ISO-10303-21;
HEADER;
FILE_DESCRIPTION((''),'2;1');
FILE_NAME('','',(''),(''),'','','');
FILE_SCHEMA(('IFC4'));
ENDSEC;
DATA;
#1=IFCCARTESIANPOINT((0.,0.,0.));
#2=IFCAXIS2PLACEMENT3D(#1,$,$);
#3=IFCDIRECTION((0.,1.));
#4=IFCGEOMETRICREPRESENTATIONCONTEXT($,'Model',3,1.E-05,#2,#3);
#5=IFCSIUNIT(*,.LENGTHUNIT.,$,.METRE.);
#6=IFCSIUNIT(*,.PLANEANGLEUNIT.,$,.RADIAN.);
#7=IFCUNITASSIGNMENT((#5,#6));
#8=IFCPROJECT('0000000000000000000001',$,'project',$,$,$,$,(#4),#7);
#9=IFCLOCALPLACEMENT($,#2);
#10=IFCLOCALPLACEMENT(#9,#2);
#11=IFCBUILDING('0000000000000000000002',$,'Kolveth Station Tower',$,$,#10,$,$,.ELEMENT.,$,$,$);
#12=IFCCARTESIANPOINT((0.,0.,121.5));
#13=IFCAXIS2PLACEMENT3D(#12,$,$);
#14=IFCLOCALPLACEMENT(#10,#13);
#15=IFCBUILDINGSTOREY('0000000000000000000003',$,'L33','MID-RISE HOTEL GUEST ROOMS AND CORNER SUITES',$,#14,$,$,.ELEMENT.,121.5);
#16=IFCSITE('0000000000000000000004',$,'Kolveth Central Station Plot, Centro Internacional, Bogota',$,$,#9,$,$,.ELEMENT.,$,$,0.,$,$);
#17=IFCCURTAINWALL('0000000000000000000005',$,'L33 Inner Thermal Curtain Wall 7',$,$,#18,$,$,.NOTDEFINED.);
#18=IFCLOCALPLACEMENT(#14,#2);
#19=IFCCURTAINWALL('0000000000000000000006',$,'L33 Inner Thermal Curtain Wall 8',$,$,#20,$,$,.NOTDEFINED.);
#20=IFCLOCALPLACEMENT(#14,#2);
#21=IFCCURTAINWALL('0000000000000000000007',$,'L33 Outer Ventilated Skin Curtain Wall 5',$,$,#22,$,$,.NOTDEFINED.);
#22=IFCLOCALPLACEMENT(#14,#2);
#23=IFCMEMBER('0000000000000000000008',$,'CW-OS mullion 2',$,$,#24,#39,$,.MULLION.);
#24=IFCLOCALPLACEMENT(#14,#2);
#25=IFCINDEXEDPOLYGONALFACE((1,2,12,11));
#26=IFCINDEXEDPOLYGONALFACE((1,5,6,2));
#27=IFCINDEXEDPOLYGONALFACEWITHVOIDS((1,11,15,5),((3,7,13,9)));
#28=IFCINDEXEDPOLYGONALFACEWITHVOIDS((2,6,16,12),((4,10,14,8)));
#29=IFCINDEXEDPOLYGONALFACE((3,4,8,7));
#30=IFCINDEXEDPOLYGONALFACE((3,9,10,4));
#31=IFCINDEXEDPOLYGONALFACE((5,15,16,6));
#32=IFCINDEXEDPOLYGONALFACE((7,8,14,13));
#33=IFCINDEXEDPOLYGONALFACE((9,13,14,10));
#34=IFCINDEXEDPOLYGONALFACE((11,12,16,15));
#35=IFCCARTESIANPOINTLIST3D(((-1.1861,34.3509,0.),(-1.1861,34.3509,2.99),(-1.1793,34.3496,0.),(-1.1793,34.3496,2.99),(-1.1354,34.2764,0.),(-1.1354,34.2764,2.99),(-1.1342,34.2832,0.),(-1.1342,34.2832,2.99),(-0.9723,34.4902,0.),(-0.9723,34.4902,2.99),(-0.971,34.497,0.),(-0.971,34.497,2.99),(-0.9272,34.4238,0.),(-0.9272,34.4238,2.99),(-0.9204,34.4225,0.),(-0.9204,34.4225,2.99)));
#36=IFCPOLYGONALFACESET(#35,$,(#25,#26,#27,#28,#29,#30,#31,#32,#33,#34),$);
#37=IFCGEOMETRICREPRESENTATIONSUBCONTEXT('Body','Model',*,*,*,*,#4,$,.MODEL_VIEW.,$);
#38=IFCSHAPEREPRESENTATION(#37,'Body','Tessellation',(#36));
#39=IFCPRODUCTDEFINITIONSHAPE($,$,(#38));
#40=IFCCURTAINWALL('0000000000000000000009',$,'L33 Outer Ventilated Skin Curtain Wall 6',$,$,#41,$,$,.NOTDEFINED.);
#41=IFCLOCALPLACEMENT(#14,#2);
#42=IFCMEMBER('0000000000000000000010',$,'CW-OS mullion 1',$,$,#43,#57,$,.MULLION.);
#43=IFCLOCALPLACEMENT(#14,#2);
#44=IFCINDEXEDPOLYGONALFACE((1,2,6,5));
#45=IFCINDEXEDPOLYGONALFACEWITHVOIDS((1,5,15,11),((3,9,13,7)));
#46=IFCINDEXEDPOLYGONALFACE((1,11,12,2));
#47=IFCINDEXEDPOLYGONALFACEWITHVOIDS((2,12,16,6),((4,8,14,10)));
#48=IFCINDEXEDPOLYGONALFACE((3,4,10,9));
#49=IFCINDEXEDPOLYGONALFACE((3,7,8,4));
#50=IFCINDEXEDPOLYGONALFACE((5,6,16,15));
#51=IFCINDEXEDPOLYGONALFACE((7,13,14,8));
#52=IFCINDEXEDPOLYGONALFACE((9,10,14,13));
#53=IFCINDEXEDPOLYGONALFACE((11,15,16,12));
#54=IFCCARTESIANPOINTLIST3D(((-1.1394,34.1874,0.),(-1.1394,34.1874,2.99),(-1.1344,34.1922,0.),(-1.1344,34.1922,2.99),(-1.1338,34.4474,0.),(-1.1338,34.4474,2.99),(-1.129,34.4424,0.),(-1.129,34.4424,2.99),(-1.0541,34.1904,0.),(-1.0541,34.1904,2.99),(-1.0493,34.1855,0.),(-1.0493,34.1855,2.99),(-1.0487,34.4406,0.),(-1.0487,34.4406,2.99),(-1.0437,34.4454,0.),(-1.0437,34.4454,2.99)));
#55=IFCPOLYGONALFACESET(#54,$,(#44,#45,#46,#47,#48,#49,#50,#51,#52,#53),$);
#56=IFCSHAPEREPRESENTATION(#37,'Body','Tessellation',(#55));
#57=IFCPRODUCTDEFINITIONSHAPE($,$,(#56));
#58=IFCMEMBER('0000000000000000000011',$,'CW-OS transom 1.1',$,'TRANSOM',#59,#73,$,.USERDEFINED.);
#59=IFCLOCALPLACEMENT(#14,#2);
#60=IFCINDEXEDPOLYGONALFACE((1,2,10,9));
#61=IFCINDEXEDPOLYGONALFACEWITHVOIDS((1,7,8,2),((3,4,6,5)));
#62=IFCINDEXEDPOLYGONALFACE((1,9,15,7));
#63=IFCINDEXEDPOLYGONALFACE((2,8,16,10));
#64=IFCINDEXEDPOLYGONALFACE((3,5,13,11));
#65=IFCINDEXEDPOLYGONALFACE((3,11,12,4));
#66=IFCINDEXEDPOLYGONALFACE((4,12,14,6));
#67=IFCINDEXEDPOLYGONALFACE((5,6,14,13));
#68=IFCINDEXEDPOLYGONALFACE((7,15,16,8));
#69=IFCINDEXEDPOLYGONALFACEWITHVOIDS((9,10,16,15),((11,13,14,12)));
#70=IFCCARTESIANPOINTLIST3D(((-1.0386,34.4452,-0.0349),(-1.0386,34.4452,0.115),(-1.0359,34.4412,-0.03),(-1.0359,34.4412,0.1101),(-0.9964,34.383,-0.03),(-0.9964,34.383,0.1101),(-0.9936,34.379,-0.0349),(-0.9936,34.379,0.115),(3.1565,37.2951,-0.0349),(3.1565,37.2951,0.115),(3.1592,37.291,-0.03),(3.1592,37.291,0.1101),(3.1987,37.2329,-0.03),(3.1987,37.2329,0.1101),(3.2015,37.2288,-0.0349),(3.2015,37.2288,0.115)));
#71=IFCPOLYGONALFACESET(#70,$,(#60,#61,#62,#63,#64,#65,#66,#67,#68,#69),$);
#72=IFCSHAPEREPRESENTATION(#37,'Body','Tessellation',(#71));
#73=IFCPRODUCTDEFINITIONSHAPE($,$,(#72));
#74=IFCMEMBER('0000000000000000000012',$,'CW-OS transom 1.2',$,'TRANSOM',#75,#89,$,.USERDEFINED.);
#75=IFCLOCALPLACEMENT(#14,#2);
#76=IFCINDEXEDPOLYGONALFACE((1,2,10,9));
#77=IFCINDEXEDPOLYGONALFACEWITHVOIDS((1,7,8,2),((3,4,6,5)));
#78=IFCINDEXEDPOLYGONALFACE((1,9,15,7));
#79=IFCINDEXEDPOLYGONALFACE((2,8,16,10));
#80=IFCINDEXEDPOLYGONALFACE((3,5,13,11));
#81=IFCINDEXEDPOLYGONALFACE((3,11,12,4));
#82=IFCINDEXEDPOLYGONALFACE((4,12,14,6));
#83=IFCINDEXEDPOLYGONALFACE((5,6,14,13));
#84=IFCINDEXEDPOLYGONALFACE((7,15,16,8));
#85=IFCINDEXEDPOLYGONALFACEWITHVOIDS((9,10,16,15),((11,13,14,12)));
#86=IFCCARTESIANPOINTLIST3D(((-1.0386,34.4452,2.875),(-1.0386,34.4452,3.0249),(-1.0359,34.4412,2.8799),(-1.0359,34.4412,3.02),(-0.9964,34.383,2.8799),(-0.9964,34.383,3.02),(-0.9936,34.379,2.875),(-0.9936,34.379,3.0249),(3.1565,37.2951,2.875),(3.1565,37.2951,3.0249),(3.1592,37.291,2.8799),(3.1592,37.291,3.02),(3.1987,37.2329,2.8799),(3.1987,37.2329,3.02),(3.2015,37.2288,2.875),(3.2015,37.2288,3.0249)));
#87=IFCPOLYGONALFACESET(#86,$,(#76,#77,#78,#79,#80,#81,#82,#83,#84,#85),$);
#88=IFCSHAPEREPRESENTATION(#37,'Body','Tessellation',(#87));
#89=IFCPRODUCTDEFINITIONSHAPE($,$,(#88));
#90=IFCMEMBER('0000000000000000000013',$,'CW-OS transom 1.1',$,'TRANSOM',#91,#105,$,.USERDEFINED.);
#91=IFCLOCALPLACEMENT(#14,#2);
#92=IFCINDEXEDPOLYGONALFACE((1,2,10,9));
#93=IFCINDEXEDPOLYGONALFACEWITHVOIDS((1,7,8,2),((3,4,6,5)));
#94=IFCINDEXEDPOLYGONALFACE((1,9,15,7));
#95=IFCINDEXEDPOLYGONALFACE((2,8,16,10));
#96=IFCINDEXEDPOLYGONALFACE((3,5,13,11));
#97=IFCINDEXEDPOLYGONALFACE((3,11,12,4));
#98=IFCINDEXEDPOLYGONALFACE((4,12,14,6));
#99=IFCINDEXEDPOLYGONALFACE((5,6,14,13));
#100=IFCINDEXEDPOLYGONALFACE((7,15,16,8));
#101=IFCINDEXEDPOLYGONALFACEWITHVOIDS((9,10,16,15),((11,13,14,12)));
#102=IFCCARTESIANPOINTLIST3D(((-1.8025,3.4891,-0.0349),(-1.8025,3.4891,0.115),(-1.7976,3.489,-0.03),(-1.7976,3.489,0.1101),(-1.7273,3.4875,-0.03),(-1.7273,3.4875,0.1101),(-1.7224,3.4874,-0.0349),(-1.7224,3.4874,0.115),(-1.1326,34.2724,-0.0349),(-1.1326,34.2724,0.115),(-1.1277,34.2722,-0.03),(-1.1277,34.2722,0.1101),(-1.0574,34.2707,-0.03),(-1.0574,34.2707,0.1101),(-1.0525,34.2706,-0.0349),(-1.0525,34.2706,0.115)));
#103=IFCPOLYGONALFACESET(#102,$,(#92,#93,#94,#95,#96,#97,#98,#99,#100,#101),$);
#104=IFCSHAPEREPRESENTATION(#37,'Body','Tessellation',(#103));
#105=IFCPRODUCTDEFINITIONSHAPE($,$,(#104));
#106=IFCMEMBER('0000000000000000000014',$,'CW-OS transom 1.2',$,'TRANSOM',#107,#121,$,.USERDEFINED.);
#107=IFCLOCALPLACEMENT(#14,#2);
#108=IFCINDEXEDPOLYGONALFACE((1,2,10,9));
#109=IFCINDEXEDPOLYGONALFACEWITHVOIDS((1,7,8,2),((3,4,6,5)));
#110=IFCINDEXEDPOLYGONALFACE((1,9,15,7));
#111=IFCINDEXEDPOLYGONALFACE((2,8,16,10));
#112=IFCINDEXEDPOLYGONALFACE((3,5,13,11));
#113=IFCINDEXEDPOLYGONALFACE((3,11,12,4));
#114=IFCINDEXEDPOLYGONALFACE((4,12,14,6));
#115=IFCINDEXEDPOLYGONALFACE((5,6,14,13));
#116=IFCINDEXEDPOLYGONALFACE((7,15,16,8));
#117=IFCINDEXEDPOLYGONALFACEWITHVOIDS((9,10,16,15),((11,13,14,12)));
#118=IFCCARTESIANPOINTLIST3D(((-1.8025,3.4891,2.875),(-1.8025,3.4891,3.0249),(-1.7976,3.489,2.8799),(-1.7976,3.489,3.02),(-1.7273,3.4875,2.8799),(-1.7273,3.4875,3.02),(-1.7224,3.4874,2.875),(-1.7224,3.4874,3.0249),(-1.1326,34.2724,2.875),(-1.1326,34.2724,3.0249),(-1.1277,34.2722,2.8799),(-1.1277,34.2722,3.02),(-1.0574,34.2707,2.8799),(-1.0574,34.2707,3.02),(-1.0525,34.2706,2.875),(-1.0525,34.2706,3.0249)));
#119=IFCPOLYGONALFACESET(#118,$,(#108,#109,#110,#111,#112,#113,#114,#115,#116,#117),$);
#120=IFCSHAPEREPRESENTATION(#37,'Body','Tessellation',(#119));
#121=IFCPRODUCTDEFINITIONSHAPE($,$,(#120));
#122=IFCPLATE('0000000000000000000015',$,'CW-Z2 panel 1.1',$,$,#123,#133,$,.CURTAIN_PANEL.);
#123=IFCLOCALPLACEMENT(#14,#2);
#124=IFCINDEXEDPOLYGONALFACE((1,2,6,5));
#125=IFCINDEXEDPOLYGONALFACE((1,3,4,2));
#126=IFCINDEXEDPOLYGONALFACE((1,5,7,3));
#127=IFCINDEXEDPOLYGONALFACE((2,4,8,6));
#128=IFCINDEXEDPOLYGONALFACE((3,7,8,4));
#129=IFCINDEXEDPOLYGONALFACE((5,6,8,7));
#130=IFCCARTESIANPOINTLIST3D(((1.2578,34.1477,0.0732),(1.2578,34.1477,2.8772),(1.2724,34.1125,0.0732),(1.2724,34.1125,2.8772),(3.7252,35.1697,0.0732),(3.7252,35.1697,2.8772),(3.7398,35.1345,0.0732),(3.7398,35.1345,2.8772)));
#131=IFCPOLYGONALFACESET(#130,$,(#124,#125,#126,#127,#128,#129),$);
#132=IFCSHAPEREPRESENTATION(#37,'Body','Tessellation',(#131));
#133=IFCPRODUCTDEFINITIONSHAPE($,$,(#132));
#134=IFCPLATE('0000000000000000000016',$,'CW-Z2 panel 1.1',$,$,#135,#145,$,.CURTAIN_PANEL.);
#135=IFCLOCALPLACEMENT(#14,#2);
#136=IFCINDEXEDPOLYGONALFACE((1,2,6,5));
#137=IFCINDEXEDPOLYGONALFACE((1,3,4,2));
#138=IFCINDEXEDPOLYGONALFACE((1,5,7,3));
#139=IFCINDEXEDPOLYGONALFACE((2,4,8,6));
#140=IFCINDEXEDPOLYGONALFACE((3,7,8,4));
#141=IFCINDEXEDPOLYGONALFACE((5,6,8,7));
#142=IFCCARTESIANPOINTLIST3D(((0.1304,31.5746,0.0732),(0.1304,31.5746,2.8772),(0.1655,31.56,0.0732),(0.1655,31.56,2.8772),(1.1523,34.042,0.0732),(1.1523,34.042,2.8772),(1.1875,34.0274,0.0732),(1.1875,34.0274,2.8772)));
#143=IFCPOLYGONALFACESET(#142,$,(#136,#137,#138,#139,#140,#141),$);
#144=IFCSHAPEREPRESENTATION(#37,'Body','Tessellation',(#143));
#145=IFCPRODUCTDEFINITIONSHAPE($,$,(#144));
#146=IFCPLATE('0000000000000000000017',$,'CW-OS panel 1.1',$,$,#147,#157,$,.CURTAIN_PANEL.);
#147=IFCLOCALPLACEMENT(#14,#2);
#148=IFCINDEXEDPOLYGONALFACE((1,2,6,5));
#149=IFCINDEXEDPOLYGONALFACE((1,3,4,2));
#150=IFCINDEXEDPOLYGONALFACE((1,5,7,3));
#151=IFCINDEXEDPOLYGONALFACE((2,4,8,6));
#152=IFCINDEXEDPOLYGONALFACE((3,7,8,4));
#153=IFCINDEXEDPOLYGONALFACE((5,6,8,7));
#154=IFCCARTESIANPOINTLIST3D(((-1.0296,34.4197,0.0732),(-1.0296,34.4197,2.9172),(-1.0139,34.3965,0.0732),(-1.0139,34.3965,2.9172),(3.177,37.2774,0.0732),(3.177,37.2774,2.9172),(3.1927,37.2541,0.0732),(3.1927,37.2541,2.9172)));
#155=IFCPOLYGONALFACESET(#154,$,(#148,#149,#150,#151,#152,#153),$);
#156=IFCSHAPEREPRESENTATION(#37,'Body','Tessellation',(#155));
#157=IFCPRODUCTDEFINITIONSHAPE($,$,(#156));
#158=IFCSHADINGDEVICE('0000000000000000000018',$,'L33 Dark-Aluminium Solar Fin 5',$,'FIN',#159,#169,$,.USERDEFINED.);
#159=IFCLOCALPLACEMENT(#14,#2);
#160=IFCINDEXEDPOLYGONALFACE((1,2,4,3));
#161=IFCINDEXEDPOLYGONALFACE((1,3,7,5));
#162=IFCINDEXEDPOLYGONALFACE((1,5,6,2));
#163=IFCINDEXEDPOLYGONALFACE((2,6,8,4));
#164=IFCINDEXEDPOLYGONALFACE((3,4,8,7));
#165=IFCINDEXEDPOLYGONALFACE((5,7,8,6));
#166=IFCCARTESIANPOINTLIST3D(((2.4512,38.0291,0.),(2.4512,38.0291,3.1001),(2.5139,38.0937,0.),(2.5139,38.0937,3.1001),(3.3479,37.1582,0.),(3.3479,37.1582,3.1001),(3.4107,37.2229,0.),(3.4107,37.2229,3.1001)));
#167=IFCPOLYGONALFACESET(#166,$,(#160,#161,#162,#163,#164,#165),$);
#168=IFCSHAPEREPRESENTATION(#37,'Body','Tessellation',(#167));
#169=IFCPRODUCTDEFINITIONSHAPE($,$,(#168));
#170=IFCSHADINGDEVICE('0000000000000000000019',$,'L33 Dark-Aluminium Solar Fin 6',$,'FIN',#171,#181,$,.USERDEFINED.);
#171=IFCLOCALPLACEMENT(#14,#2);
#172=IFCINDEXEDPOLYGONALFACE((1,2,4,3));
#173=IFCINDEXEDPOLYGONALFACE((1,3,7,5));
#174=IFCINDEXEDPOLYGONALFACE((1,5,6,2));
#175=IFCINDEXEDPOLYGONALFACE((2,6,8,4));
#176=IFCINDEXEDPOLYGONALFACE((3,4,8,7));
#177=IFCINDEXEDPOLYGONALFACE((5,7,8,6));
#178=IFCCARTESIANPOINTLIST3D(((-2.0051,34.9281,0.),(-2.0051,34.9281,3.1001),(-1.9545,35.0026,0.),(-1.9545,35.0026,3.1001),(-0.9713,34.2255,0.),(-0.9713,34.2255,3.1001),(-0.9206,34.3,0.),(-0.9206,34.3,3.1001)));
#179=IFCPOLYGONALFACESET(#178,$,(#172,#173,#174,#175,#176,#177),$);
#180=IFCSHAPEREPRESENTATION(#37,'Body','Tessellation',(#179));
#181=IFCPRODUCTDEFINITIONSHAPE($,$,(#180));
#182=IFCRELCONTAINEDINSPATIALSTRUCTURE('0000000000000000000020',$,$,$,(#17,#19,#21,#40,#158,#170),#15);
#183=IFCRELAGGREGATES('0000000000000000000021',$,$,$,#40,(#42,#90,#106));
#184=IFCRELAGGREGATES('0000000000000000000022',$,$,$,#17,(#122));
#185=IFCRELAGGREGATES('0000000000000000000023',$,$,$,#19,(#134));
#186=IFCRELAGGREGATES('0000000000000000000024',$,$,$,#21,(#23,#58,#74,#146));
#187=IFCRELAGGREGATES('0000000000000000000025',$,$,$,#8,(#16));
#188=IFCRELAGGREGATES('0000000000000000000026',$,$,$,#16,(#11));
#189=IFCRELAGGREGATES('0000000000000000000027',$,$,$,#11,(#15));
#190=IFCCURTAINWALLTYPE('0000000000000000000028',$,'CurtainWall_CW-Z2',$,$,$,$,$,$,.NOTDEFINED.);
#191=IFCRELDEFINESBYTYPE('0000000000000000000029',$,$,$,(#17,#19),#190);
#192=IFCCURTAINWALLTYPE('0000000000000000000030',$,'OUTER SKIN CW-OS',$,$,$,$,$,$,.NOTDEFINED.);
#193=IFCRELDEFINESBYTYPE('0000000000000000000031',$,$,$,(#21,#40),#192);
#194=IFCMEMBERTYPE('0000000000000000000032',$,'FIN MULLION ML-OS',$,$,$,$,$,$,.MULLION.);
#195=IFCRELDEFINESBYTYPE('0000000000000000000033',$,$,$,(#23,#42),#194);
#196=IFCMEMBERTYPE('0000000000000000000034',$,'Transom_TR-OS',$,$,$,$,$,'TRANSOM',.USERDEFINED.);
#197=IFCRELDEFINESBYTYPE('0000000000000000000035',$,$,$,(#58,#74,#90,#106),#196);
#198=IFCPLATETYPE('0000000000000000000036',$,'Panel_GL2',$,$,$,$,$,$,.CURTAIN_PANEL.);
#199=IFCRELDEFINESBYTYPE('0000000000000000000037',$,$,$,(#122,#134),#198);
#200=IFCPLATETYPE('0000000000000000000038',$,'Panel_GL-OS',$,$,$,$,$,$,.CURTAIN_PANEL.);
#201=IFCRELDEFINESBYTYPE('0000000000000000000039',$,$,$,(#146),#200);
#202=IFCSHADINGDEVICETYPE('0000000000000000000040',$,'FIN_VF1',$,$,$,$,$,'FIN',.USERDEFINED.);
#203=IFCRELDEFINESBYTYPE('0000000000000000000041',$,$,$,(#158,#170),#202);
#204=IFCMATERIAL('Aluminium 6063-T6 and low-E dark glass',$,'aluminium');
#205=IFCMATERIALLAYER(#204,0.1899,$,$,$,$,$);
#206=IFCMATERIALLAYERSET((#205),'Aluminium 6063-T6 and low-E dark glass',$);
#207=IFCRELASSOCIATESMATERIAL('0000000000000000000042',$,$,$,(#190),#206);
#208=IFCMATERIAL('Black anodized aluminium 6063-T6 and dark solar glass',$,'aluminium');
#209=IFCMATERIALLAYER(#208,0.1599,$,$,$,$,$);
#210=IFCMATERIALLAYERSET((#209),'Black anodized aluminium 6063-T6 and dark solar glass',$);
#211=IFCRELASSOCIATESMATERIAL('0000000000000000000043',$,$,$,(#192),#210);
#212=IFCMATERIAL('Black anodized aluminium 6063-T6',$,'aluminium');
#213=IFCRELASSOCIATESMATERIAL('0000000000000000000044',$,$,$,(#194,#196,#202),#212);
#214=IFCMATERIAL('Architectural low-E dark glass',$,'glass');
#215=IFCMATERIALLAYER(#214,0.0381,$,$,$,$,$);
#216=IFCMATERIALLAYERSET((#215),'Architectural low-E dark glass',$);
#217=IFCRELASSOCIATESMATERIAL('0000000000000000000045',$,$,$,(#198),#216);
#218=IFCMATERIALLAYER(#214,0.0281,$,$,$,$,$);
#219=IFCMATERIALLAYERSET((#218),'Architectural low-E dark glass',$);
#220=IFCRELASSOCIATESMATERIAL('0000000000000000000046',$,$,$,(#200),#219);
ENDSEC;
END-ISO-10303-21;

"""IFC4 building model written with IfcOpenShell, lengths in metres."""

from ifc_helpers import new_model, si_unit, direction, frame, origin, origin_2d, place, context, subcontext, project, spatial, rectangle, hollow_rectangle, extrude, source, transform, mapped, material, layer, layer_set, material_profile, profile_set, type_object, element, aggregate, save


model = new_model("IFC4")

# Units and contexts
model_context = context("Model", 3, precision=1e-05, world=origin(), true_north=direction((0.0, 1.0)))
body_context = subcontext(model_context, "Body", "Model", "MODEL_VIEW")
ifc_project = project(units=[si_unit("LENGTHUNIT", "METRE"), si_unit("PLANEANGLEUNIT", "RADIAN")], contexts=[model_context])

# Site, building, storey
site_placement = place(None, origin())
site = spatial("IfcSite", under=ifc_project, at=site_placement, Name="Kolveth Central Station Plot, Centro Internacional, Bogota", CompositionType="ELEMENT", RefElevation=0.0)
building_placement = place(site_placement, origin())
building = spatial("IfcBuilding", under=site, at=building_placement, Name="Kolveth Station Tower", CompositionType="ELEMENT")
storey_placement = place(building_placement, frame((0.0, 0.0, 121.5)))
storey = spatial("IfcBuildingStorey", under=building, at=storey_placement, Name="L33", Description="MID-RISE HOTEL GUEST ROOMS AND CORNER SUITES", CompositionType="ELEMENT", Elevation=121.5)

# Shared definitions
ifc_material_1 = material(Name="Aluminium 6063-T6 and low-E dark glass", Category="aluminium")
ifc_layer_1 = layer(ifc_material_1, 0.1899)
ifc_layer_set_1 = layer_set([ifc_layer_1], Name="Aluminium 6063-T6 and low-E dark glass")
curtain_wall_type_1 = type_object("IfcCurtainWallType", Name="CurtainWall_CW-Z2", PredefinedType="NOTDEFINED", material=ifc_layer_set_1)
ifc_material_2 = material(Name="Black anodized aluminium 6063-T6", Category="aluminium")

# Curtain wall
curtain_wall_1_placement = place(storey_placement, origin())
curtain_wall_1 = element("IfcCurtainWall", 1, at=curtain_wall_1_placement, inside=storey, type_object=curtain_wall_type_1, Name="L33 Inner Thermal Curtain Wall 7", PredefinedType="NOTDEFINED")

# Curtain wall
curtain_wall_2_placement = place(storey_placement, origin())
curtain_wall_2 = element("IfcCurtainWall", 2, at=curtain_wall_2_placement, inside=storey, type_object=curtain_wall_type_1, Name="L33 Inner Thermal Curtain Wall 8", PredefinedType="NOTDEFINED")

# Shared definitions
ifc_material_3 = material(Name="Black anodized aluminium 6063-T6 and dark solar glass", Category="aluminium")
ifc_layer_2 = layer(ifc_material_3, 0.1599)
ifc_layer_set_2 = layer_set([ifc_layer_2], Name="Black anodized aluminium 6063-T6 and dark solar glass")
curtain_wall_type_2 = type_object("IfcCurtainWallType", Name="OUTER SKIN CW-OS", PredefinedType="NOTDEFINED", material=ifc_layer_set_2)
ifc_material_profile_1 = material_profile(ifc_material_2, hollow_rectangle(XDim=0.0901, YDim=0.26, WallThickness=0.0049, at=origin_2d()), Name="ALU-90x260x5")
ifc_profile_set_1 = profile_set([ifc_material_profile_1], Name="Black anodized aluminium 6063-T6")
member_type_1 = type_object("IfcMemberType", Name="FIN MULLION ML-OS", PredefinedType="MULLION", material=ifc_profile_set_1)
shared_shape_1 = source(origin(), body_context, "Body", "SweptSolid", [
    extrude(hollow_rectangle(XDim=0.0901, YDim=0.26, WallThickness=0.0049, at=origin_2d()), origin(), (0.0, 0.0, 1.0), 2.99),
])

# Curtain wall, member
curtain_wall_3_placement = place(storey_placement, origin())
curtain_wall_3 = element("IfcCurtainWall", 3, at=curtain_wall_3_placement, inside=storey, type_object=curtain_wall_type_2, Name="L33 Outer Ventilated Skin Curtain Wall 5", PredefinedType="NOTDEFINED")
member_1_placement = place(storey_placement, frame((-1.0532, 34.3867, 0.0), z_axis=(0.0, 0.0, 1.0), x_axis=(0.56193, -0.827185, 0.0)))
member_1 = element("IfcMember", 4, at=member_1_placement, type_object=member_type_1, Name="CW-OS mullion 2", PredefinedType="MULLION", context=body_context, shape_type="MappedRepresentation", body=[
    mapped(shared_shape_1, transform((0.0, 0.0, 0.0), x_axis=(1.0, 0.0, 0.0), y_axis=(0.0, 1.0, 0.0), z_axis=(0.0, 0.0, 1.0), scale=1.0)),
])

# Curtain wall, member
curtain_wall_4_placement = place(storey_placement, origin())
curtain_wall_4 = element("IfcCurtainWall", 5, at=curtain_wall_4_placement, inside=storey, type_object=curtain_wall_type_2, Name="L33 Outer Ventilated Skin Curtain Wall 6", PredefinedType="NOTDEFINED")
member_2_placement = place(storey_placement, frame((-1.0916, 34.3164, 0.0), z_axis=(0.0, 0.0, 1.0), x_axis=(0.999763, -0.021759, 0.0)))
member_2 = element("IfcMember", 6, at=member_2_placement, type_object=member_type_1, Name="CW-OS mullion 1", PredefinedType="MULLION", context=body_context, shape_type="MappedRepresentation", body=[
    mapped(shared_shape_1, transform((0.0, 0.0, 0.0), x_axis=(1.0, 0.0, 0.0), y_axis=(0.0, 1.0, 0.0), z_axis=(0.0, 0.0, 1.0), scale=1.0)),
])

# Members
ifc_material_profile_2 = material_profile(ifc_material_2, hollow_rectangle(XDim=0.0801, YDim=0.1499, WallThickness=0.0049, at=origin_2d()), Name="ALU-80x150x5")
ifc_profile_set_2 = profile_set([ifc_material_profile_2], Name="Black anodized aluminium 6063-T6")
member_type_2 = type_object("IfcMemberType", Name="Transom_TR-OS", ElementType="TRANSOM", PredefinedType="USERDEFINED", material=ifc_profile_set_2)
shared_shape_2 = source(origin(), body_context, "Body", "SweptSolid", [
    extrude(hollow_rectangle(XDim=0.0801, YDim=0.1499, WallThickness=0.0049, at=origin_2d()), origin(), (0.0, 0.0, 1.0), 5.0715),
])
member_3_placement = place(storey_placement, frame((3.179, 37.262, 0.04), z_axis=(-0.827182, -0.561933, 0.0), x_axis=(0.561933, -0.827182, 0.0)))
member_3 = element("IfcMember", 7, at=member_3_placement, type_object=member_type_2, Name="CW-OS transom 1.1", ObjectType="TRANSOM", PredefinedType="USERDEFINED", context=body_context, shape_type="MappedRepresentation", body=[
    mapped(shared_shape_2, transform((0.0, 0.0, 0.0), x_axis=(1.0, 0.0, 0.0), y_axis=(0.0, 1.0, 0.0), z_axis=(0.0, 0.0, 1.0), scale=1.0)),
])
member_4_placement = place(storey_placement, frame((3.179, 37.262, 2.95), z_axis=(-0.827182, -0.561933, 0.0), x_axis=(0.561933, -0.827182, 0.0)))
member_4 = element("IfcMember", 8, at=member_4_placement, type_object=member_type_2, Name="CW-OS transom 1.2", ObjectType="TRANSOM", PredefinedType="USERDEFINED", context=body_context, shape_type="MappedRepresentation", body=[
    mapped(shared_shape_2, transform((0.0, 0.0, 0.0), x_axis=(1.0, 0.0, 0.0), y_axis=(0.0, 1.0, 0.0), z_axis=(0.0, 0.0, 1.0), scale=1.0)),
])
shared_shape_3 = source(origin(), body_context, "Body", "SweptSolid", [
    extrude(hollow_rectangle(XDim=0.0801, YDim=0.1499, WallThickness=0.0049, at=origin_2d()), origin(), (0.0, 0.0, 1.0), 30.7905),
])
member_5_placement = place(storey_placement, frame((-1.0925, 34.2715, 0.04), z_axis=(-0.021757, -0.999763, 0.0), x_axis=(0.999763, -0.021757, 0.0)))
member_5 = element("IfcMember", 9, at=member_5_placement, type_object=member_type_2, Name="CW-OS transom 1.1", ObjectType="TRANSOM", PredefinedType="USERDEFINED", context=body_context, shape_type="MappedRepresentation", body=[
    mapped(shared_shape_3, transform((0.0, 0.0, 0.0), x_axis=(1.0, 0.0, 0.0), y_axis=(0.0, 1.0, 0.0), z_axis=(0.0, 0.0, 1.0), scale=1.0)),
])
member_6_placement = place(storey_placement, frame((-1.0925, 34.2715, 2.95), z_axis=(-0.021757, -0.999763, 0.0), x_axis=(0.999763, -0.021757, 0.0)))
member_6 = element("IfcMember", 10, at=member_6_placement, type_object=member_type_2, Name="CW-OS transom 1.2", ObjectType="TRANSOM", PredefinedType="USERDEFINED", context=body_context, shape_type="MappedRepresentation", body=[
    mapped(shared_shape_3, transform((0.0, 0.0, 0.0), x_axis=(1.0, 0.0, 0.0), y_axis=(0.0, 1.0, 0.0), z_axis=(0.0, 0.0, 1.0), scale=1.0)),
])
aggregate(curtain_wall_4, [member_2, member_5, member_6])

# Plates
ifc_material_4 = material(Name="Architectural low-E dark glass", Category="glass")
ifc_layer_3 = layer(ifc_material_4, 0.0381)
ifc_layer_set_3 = layer_set([ifc_layer_3], Name="Architectural low-E dark glass")
plate_type_1 = type_object("IfcPlateType", Name="Panel_GL2", PredefinedType="CURTAIN_PANEL", material=ifc_layer_set_3)
shared_shape_4 = source(origin(), body_context, "Body", "SweptSolid", [
    extrude(rectangle(XDim=2.6707, YDim=0.0381, at=origin_2d()), origin(), (0.0, 0.0, 1.0), 2.804),
])
plate_1_placement = place(storey_placement, frame((2.4988, 34.6411, 0.0732), z_axis=(0.0, 0.0, 1.0), x_axis=(-0.923888, -0.382663, 0.0)))
plate_1 = element("IfcPlate", 11, at=plate_1_placement, type_object=plate_type_1, Name="CW-Z2 panel 1.1", PredefinedType="CURTAIN_PANEL", context=body_context, shape_type="MappedRepresentation", body=[
    mapped(shared_shape_4, transform((0.0, 0.0, 0.0), x_axis=(1.0, 0.0, 0.0), y_axis=(0.0, 1.0, 0.0), z_axis=(0.0, 0.0, 1.0), scale=1.0)),
])
aggregate(curtain_wall_1, [plate_1])
plate_2_placement = place(storey_placement, frame((0.6589, 32.801, 0.0732), z_axis=(0.0, 0.0, 1.0), x_axis=(-0.382663, -0.923888, 0.0)))
plate_2 = element("IfcPlate", 12, at=plate_2_placement, type_object=plate_type_1, Name="CW-Z2 panel 1.1", PredefinedType="CURTAIN_PANEL", context=body_context, shape_type="MappedRepresentation", body=[
    mapped(shared_shape_4, transform((0.0, 0.0, 0.0), x_axis=(1.0, 0.0, 0.0), y_axis=(0.0, 1.0, 0.0), z_axis=(0.0, 0.0, 1.0), scale=1.0)),
])
aggregate(curtain_wall_2, [plate_2])
ifc_layer_4 = layer(ifc_material_4, 0.0281)
ifc_layer_set_4 = layer_set([ifc_layer_4], Name="Architectural low-E dark glass")
plate_type_2 = type_object("IfcPlateType", Name="Panel_GL-OS", PredefinedType="CURTAIN_PANEL", material=ifc_layer_set_4)
shared_shape_5 = source(origin(), body_context, "Body", "SweptSolid", [
    extrude(rectangle(XDim=5.0854, YDim=0.0281, at=origin_2d()), origin(), (0.0, 0.0, 1.0), 2.844),
])
plate_3_placement = place(storey_placement, frame((1.0815, 35.8369, 0.0732), z_axis=(0.0, 0.0, 1.0), x_axis=(-0.827185, -0.56193, 0.0)))
plate_3 = element("IfcPlate", 13, at=plate_3_placement, type_object=plate_type_2, Name="CW-OS panel 1.1", PredefinedType="CURTAIN_PANEL", context=body_context, shape_type="MappedRepresentation", body=[
    mapped(shared_shape_5, transform((0.0, 0.0, 0.0), x_axis=(1.0, 0.0, 0.0), y_axis=(0.0, 1.0, 0.0), z_axis=(0.0, 0.0, 1.0), scale=1.0)),
])
aggregate(curtain_wall_3, [member_1, member_3, member_4, plate_3])

# Shading devices
shading_device_type = type_object("IfcShadingDeviceType", Name="FIN_VF1", ElementType="FIN", PredefinedType="USERDEFINED", material=ifc_material_2)
shared_shape_6 = source(origin(), body_context, "Body", "SweptSolid", [
    extrude(rectangle(XDim=1.25, YDim=0.0901, at=origin_2d()), origin(), (0.0, 0.0, 1.0), 3.1001),
])
for number, where, z_axis, x_axis, name in (
    (14, (2.9309, 37.626, 0.0), (0.0, 0.0, 1.0), (-0.717397, 0.696664, 0.0), "L33 Dark-Aluminium Solar Fin 5"),
    (15, (-1.4629, 34.614, 0.0), (0.0, 0.0, 1.0), (-0.827081, 0.562083, 0.0), "L33 Dark-Aluminium Solar Fin 6"),
):
    element("IfcShadingDevice", number, at=place(storey_placement, frame(where, z_axis=z_axis, x_axis=x_axis)), inside=storey, type_object=shading_device_type, Name=name, ObjectType="FIN", PredefinedType="USERDEFINED", context=body_context, shape_type="MappedRepresentation", body=[
        mapped(shared_shape_6, transform((0.0, 0.0, 0.0), x_axis=(1.0, 0.0, 0.0), y_axis=(0.0, 1.0, 0.0), z_axis=(0.0, 0.0, 1.0), scale=1.0)),
    ])

save(model, "model.ifc")
